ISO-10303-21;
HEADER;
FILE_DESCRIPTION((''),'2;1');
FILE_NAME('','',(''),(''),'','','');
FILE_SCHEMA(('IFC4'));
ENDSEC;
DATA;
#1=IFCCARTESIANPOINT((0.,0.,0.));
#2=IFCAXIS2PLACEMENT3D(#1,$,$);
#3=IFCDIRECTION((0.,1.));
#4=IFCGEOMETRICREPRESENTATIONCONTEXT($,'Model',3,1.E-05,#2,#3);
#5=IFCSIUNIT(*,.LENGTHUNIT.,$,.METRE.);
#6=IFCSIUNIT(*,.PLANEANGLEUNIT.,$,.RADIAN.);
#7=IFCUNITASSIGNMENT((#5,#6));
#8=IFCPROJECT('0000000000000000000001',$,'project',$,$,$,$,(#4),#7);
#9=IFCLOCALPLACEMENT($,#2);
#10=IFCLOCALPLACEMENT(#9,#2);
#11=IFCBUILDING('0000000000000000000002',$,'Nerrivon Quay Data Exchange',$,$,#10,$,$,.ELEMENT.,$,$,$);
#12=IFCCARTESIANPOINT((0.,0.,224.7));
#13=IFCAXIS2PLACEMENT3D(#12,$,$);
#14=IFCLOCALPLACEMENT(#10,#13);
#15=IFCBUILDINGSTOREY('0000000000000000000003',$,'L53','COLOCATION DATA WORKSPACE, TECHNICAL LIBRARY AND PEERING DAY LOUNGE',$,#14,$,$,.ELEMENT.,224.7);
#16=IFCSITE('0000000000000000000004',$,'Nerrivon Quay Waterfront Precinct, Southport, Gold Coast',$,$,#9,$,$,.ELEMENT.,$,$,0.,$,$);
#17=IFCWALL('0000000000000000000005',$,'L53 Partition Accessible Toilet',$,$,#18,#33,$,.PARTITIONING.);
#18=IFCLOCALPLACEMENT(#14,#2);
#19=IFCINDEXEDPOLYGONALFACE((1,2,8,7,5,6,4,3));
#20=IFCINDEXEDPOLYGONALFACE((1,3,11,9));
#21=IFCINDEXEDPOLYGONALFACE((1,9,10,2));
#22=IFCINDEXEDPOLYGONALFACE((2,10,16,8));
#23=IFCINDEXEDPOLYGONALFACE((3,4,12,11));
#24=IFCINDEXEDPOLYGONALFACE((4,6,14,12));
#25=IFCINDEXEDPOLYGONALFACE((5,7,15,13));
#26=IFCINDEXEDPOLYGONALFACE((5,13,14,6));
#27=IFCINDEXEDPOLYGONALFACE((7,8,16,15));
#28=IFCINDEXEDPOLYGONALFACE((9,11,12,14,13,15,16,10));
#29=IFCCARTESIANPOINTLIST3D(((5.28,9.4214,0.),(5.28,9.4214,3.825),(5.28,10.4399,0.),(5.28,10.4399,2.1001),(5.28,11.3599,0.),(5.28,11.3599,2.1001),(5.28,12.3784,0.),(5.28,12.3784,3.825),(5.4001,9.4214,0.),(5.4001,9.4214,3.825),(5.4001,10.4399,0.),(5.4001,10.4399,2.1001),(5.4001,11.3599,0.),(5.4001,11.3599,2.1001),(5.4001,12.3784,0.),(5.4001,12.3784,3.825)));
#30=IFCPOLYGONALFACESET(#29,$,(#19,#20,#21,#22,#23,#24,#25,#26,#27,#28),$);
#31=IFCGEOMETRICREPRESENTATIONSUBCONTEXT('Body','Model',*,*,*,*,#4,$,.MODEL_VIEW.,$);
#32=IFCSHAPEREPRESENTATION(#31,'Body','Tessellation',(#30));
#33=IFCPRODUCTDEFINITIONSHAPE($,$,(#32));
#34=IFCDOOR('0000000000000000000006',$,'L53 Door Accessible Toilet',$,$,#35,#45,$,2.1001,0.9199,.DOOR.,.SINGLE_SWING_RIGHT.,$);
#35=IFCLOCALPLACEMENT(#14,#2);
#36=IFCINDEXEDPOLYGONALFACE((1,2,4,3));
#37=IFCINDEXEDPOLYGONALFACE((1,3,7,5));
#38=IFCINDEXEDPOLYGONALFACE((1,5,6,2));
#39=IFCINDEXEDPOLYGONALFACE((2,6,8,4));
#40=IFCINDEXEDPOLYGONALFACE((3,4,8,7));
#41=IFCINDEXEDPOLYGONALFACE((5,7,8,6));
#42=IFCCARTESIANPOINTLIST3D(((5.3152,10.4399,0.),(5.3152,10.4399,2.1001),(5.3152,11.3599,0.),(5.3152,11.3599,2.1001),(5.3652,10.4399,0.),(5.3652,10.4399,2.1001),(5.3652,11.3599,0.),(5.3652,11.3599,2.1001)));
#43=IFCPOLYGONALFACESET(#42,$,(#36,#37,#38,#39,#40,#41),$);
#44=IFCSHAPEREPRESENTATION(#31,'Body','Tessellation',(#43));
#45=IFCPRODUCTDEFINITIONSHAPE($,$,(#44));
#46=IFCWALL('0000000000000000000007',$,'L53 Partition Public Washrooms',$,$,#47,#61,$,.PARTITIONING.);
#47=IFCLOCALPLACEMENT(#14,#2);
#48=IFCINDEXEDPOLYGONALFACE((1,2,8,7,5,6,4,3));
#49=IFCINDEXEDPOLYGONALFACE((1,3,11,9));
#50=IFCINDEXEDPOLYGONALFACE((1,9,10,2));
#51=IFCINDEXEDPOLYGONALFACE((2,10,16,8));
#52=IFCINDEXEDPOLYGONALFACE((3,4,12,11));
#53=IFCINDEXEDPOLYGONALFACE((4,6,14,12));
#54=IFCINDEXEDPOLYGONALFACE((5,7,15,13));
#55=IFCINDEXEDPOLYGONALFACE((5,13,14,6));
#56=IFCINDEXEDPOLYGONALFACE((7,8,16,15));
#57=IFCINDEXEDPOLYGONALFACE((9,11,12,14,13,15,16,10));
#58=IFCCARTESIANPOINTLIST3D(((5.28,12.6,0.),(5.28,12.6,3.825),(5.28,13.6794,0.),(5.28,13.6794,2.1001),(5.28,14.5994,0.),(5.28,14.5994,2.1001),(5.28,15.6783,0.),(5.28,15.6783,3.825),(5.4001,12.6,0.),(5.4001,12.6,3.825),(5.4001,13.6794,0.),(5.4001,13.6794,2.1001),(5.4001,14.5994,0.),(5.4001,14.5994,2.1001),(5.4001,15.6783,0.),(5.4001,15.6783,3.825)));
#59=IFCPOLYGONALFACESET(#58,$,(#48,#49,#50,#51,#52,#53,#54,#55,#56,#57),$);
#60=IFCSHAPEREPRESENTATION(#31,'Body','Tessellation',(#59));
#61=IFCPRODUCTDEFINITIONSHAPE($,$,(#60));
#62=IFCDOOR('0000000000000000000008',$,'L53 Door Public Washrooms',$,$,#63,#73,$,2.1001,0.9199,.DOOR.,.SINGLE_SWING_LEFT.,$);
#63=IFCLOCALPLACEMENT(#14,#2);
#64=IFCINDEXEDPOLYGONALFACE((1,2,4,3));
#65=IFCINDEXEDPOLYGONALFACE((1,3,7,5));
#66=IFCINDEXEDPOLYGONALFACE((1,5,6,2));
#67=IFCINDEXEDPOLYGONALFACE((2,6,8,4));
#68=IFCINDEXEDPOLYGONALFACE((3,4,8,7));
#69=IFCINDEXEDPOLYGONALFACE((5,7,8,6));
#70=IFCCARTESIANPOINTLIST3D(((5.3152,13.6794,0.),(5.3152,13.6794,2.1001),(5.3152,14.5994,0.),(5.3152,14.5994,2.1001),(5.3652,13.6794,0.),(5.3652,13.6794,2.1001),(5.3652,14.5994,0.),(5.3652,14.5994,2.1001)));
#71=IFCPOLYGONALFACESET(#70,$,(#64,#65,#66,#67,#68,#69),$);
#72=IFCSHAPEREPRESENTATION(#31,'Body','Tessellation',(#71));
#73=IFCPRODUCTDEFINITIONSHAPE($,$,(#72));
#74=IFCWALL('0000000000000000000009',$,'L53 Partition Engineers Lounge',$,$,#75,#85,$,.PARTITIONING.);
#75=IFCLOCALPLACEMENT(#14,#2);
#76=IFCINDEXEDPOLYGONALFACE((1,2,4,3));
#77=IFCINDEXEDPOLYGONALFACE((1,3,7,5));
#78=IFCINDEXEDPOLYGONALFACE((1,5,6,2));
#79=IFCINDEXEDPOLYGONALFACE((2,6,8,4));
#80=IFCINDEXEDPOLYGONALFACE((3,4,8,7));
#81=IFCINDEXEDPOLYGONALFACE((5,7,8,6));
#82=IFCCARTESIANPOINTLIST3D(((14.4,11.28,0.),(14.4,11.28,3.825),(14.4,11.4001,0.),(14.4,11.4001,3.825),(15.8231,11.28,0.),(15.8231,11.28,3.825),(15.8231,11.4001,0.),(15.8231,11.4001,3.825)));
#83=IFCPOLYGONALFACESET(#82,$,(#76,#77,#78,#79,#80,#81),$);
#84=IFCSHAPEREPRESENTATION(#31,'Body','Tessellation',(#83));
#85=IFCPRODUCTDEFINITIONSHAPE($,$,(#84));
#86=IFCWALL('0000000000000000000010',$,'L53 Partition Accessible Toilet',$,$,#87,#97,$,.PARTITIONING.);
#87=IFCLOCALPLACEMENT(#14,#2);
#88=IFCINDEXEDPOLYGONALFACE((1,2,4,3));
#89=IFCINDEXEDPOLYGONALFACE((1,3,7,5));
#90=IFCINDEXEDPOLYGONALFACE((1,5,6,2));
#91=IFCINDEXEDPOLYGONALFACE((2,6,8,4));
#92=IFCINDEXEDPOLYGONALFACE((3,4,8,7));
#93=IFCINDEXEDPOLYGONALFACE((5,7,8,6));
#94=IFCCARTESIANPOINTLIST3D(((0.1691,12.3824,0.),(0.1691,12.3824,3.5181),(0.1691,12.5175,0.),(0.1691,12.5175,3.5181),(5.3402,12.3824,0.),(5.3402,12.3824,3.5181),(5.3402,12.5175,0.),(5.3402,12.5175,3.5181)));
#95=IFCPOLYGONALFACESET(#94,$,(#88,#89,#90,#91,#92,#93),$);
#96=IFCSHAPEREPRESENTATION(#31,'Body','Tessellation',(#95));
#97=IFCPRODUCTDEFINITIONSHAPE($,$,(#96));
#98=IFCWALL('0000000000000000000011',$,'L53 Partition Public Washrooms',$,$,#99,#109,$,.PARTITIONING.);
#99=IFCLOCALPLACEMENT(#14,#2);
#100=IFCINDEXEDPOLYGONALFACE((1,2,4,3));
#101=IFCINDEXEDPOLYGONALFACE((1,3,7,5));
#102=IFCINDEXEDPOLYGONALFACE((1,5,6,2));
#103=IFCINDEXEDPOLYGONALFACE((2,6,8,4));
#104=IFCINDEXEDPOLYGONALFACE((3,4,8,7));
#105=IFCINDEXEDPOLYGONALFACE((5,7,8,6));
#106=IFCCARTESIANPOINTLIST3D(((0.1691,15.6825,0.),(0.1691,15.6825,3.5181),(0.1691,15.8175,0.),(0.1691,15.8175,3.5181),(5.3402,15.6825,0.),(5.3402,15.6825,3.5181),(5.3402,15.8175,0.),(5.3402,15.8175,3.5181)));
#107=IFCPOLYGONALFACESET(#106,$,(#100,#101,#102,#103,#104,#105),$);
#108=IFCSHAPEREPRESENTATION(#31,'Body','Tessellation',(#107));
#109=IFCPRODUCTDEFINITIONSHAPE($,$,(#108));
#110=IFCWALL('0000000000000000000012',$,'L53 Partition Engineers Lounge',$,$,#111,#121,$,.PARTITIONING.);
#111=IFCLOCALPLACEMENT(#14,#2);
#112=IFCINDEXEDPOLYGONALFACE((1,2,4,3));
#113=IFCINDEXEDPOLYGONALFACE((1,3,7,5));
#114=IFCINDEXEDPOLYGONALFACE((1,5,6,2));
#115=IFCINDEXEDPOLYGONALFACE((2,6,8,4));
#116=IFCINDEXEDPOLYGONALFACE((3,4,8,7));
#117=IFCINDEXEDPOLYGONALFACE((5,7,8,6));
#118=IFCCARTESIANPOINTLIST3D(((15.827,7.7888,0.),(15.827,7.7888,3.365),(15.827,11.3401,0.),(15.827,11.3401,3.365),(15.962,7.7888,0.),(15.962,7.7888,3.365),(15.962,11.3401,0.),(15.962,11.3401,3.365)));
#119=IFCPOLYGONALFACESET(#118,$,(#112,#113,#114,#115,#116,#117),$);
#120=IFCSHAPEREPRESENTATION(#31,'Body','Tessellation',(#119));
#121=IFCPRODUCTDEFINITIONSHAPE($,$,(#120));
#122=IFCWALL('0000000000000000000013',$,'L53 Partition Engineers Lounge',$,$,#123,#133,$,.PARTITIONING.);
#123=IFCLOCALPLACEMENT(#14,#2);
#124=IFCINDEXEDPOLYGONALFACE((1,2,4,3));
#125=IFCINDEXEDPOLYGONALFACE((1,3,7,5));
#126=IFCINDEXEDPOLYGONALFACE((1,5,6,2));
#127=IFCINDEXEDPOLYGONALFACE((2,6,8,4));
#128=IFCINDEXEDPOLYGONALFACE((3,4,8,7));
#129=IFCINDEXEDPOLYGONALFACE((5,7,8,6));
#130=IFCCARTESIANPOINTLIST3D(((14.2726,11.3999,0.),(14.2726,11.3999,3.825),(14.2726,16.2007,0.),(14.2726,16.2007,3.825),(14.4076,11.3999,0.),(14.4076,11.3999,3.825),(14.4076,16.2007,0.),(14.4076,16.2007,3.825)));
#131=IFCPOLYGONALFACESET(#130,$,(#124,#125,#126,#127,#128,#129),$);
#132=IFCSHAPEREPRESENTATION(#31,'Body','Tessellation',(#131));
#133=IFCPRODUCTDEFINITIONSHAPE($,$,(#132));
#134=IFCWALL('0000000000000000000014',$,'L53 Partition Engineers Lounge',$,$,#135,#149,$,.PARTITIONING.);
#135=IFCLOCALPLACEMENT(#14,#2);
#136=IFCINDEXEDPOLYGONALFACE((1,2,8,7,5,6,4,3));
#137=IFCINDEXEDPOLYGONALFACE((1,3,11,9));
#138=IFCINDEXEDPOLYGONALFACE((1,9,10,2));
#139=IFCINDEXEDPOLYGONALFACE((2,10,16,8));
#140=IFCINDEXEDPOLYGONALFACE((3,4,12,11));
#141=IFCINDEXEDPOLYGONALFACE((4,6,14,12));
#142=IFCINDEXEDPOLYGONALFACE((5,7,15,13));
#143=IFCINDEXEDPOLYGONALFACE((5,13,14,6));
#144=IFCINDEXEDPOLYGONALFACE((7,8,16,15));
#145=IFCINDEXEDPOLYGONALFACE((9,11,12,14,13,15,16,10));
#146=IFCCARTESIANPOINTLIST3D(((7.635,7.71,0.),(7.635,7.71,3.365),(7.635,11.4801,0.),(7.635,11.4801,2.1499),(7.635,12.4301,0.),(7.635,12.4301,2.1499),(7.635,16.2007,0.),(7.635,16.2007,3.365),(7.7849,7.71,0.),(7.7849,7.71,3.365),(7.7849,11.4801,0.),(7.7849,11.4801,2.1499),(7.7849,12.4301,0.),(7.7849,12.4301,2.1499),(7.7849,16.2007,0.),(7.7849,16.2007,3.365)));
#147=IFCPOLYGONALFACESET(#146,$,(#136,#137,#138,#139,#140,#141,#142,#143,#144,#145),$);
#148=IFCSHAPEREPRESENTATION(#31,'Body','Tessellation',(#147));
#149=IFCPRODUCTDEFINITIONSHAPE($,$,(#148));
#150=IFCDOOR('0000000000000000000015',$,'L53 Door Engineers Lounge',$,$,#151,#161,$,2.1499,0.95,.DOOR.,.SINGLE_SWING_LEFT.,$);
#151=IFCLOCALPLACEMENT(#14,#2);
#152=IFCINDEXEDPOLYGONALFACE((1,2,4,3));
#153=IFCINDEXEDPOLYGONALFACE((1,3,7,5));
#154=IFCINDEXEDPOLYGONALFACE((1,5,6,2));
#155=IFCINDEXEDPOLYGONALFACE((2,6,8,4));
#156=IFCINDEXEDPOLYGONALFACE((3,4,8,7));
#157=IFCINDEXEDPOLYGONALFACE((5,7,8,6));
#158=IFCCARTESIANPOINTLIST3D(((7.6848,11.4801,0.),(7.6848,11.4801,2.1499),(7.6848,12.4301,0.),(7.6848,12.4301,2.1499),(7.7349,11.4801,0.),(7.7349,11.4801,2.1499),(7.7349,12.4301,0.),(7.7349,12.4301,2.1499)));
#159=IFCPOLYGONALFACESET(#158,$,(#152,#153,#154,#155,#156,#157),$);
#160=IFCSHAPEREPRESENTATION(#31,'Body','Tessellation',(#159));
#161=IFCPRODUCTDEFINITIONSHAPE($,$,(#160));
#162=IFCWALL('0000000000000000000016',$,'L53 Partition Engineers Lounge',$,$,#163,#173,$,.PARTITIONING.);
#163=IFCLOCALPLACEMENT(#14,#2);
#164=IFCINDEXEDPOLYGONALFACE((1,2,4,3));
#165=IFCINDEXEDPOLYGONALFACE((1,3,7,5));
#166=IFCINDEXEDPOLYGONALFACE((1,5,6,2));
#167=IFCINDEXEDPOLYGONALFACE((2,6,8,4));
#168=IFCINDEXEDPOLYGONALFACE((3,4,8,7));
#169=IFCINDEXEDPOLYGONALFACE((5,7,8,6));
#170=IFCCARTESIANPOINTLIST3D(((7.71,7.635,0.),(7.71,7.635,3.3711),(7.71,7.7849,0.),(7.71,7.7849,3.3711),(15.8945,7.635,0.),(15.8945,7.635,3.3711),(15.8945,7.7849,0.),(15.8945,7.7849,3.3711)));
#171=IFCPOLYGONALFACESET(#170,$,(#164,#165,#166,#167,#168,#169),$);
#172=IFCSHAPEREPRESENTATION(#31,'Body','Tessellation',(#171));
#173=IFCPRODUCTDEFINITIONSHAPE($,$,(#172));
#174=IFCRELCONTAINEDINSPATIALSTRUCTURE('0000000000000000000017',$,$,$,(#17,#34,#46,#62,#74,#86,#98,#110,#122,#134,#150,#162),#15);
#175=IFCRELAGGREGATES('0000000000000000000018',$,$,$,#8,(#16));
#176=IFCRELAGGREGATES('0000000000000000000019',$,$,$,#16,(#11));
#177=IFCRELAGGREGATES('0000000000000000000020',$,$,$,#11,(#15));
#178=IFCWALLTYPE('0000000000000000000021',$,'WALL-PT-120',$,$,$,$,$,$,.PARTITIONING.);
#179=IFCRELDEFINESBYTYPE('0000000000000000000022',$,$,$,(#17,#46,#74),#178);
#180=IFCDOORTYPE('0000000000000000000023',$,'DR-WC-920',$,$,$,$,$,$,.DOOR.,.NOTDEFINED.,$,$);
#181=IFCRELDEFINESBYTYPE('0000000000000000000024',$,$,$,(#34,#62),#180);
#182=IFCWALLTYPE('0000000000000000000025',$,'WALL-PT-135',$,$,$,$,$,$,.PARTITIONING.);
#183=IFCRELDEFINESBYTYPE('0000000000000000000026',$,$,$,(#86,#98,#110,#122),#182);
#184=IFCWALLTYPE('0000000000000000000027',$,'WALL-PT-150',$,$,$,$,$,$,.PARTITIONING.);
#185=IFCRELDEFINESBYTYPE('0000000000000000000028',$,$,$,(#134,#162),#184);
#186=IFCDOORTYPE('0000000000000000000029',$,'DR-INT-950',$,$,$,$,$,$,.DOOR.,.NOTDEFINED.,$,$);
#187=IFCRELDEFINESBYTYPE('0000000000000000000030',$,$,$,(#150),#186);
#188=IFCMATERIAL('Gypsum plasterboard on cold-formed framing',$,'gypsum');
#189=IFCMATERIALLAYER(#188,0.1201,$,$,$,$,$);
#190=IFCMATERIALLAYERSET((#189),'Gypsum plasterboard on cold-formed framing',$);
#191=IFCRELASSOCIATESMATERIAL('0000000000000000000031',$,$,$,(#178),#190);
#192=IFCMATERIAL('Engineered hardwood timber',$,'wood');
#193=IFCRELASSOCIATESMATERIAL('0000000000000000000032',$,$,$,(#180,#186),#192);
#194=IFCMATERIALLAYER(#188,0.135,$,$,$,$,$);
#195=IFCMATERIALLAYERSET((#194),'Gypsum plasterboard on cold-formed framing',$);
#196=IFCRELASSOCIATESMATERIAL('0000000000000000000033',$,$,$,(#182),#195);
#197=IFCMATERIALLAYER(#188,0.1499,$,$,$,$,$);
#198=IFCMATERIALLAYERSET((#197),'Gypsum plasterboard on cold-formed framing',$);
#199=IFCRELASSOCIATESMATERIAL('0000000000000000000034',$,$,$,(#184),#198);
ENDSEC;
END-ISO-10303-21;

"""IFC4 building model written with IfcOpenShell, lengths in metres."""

from ifc_helpers import new_model, si_unit, direction, frame, frame_2d, origin, place, context, subcontext, project, spatial, rectangle, extrude, material, layer, layer_set, type_object, element, fill, save


model = new_model("IFC4")

# Units and contexts
model_context = context("Model", 3, precision=1e-05, world=origin(), true_north=direction((0.0, 1.0)))
body_context = subcontext(model_context, "Body", "Model", "MODEL_VIEW")
ifc_project = project(units=[si_unit("LENGTHUNIT", "METRE"), si_unit("PLANEANGLEUNIT", "RADIAN")], contexts=[model_context])

# Site, building, storey
site_placement = place(None, origin())
site = spatial("IfcSite", under=ifc_project, at=site_placement, Name="Nerrivon Quay Waterfront Precinct, Southport, Gold Coast", CompositionType="ELEMENT", RefElevation=0.0)
building_placement = place(site_placement, origin())
building = spatial("IfcBuilding", under=site, at=building_placement, Name="Nerrivon Quay Data Exchange", CompositionType="ELEMENT")
storey_placement = place(building_placement, frame((0.0, 0.0, 224.7)))
storey = spatial("IfcBuildingStorey", under=building, at=storey_placement, Name="L53", Description="COLOCATION DATA WORKSPACE, TECHNICAL LIBRARY AND PEERING DAY LOUNGE", CompositionType="ELEMENT", Elevation=224.7)

# Shared definitions
ifc_material_1 = material(Name="Gypsum plasterboard on cold-formed framing", Category="gypsum")

# Walls, openings, doors
ifc_layer_1 = layer(ifc_material_1, 0.1201)
ifc_layer_set_1 = layer_set([ifc_layer_1], Name="Gypsum plasterboard on cold-formed framing")
wall_type_1 = type_object("IfcWallType", Name="WALL-PT-120", PredefinedType="PARTITIONING", material=ifc_layer_set_1)
wall_1_placement = place(storey_placement, frame((5.3401, 9.4214, 0.0), z_axis=(0.0, 0.0, 1.0), x_axis=(0.0, 1.0, 0.0)))
wall_1 = element("IfcWall", 1, at=wall_1_placement, inside=storey, type_object=wall_type_1, Name="L53 Partition Accessible Toilet", PredefinedType="PARTITIONING", context=body_context, shape_type="SweptSolid", body=[
    extrude(rectangle(XDim=2.957, YDim=0.1201, at=frame_2d((1.4785, 0.0))), origin(), (0.0, 0.0, 1.0), 3.825),
])
opening_1_placement = place(wall_1_placement, frame((1.0186, 0.0, 0.0)))
opening_1 = element("IfcOpeningElement", 2, at=opening_1_placement, cuts=wall_1, PredefinedType="OPENING", context=body_context, shape_type="SweptSolid", body=[
    extrude(rectangle(XDim=0.9199, YDim=2.1001, at=frame_2d((0.46, 1.05))), frame((0.0, 0.0701, 0.0), z_axis=(0.0, -1.0, 0.0), x_axis=(1.0, 0.0, 0.0)), (0.0, 0.0, 1.0), 0.1401),
])
ifc_material_2 = material(Name="Engineered hardwood timber", Category="wood")
door_type_1 = type_object("IfcDoorType", Name="DR-WC-920", OperationType="NOTDEFINED", PredefinedType="DOOR", material=ifc_material_2)
door_1_placement = place(opening_1_placement, origin())
door_1 = element("IfcDoor", 3, at=door_1_placement, inside=storey, type_object=door_type_1, Name="L53 Door Accessible Toilet", OperationType="SINGLE_SWING_RIGHT", OverallHeight=2.1001, OverallWidth=0.9199, PredefinedType="DOOR", context=body_context, shape_type="SweptSolid", body=[
    extrude(rectangle(XDim=0.9199, YDim=2.1001, at=frame_2d((0.46, 1.05))), frame((0.0, 0.0249, 0.0), z_axis=(0.0, -1.0, 0.0), x_axis=(1.0, 0.0, 0.0)), (0.0, 0.0, 1.0), 0.05),
])
fill(opening_1, door_1)
wall_2_placement = place(storey_placement, frame((5.3401, 12.6001, 0.0), z_axis=(0.0, 0.0, 1.0), x_axis=(0.0, 1.0, 0.0)))
wall_2 = element("IfcWall", 4, at=wall_2_placement, inside=storey, type_object=wall_type_1, Name="L53 Partition Public Washrooms", PredefinedType="PARTITIONING", context=body_context, shape_type="SweptSolid", body=[
    extrude(rectangle(XDim=3.0784, YDim=0.1201, at=frame_2d((1.5391, 0.0))), origin(), (0.0, 0.0, 1.0), 3.825),
])
opening_2_placement = place(wall_2_placement, frame((1.0793, 0.0, 0.0)))
opening_2 = element("IfcOpeningElement", 5, at=opening_2_placement, cuts=wall_2, PredefinedType="OPENING", context=body_context, shape_type="SweptSolid", body=[
    extrude(rectangle(XDim=0.9199, YDim=2.1001, at=frame_2d((0.46, 1.05))), frame((0.0, 0.0701, 0.0), z_axis=(0.0, -1.0, 0.0), x_axis=(1.0, 0.0, 0.0)), (0.0, 0.0, 1.0), 0.1401),
])
door_2_placement = place(opening_2_placement, origin())
door_2 = element("IfcDoor", 6, at=door_2_placement, inside=storey, type_object=door_type_1, Name="L53 Door Public Washrooms", OperationType="SINGLE_SWING_LEFT", OverallHeight=2.1001, OverallWidth=0.9199, PredefinedType="DOOR", context=body_context, shape_type="SweptSolid", body=[
    extrude(rectangle(XDim=0.9199, YDim=2.1001, at=frame_2d((0.46, 1.05))), frame((0.0, 0.0249, 0.0), z_axis=(0.0, -1.0, 0.0), x_axis=(1.0, 0.0, 0.0)), (0.0, 0.0, 1.0), 0.05),
])
fill(opening_2, door_2)

# Walls
wall_3_placement = place(storey_placement, frame((15.823, 11.3401, 0.0), z_axis=(0.0, 0.0, 1.0), x_axis=(-1.0, 0.0, 0.0)))
element("IfcWall", 7, at=wall_3_placement, inside=storey, type_object=wall_type_1, Name="L53 Partition Engineers Lounge", PredefinedType="PARTITIONING", context=body_context, shape_type="SweptSolid", body=[
    extrude(rectangle(XDim=1.4231, YDim=0.1201, at=frame_2d((0.7114, 0.0))), origin(), (0.0, 0.0, 1.0), 3.825),
])
ifc_layer_2 = layer(ifc_material_1, 0.135)
ifc_layer_set_2 = layer_set([ifc_layer_2], Name="Gypsum plasterboard on cold-formed framing")
wall_type_2 = type_object("IfcWallType", Name="WALL-PT-135", PredefinedType="PARTITIONING", material=ifc_layer_set_2)
for number, where, z_axis, x_axis, name in (
    (8, (5.3401, 12.45, 0.0), (0.0, 0.0, 1.0), (-1.0, 0.0, 0.0), "L53 Partition Accessible Toilet"),
    (9, (5.3401, 15.75, 0.0), (0.0, 0.0, 1.0), (-1.0, 0.0, 0.0), "L53 Partition Public Washrooms"),
):
    element("IfcWall", number, at=place(storey_placement, frame(where, z_axis=z_axis, x_axis=x_axis)), inside=storey, type_object=wall_type_2, Name=name, PredefinedType="PARTITIONING", context=body_context, shape_type="SweptSolid", body=[
        extrude(rectangle(XDim=5.1711, YDim=0.135, at=frame_2d((2.5854, 0.0))), origin(), (0.0, 0.0, 1.0), 3.5181),
    ])
wall_4_placement = place(storey_placement, frame((15.8945, 7.7888, 0.0), z_axis=(0.0, 0.0, 1.0), x_axis=(0.0, 1.0, 0.0)))
element("IfcWall", 10, at=wall_4_placement, inside=storey, type_object=wall_type_2, Name="L53 Partition Engineers Lounge", PredefinedType="PARTITIONING", context=body_context, shape_type="SweptSolid", body=[
    extrude(rectangle(XDim=3.5513, YDim=0.135, at=frame_2d((1.7756, 0.0))), origin(), (0.0, 0.0, 1.0), 3.365),
])
wall_5_placement = place(storey_placement, frame((14.3401, 11.3999, 0.0), z_axis=(0.0, 0.0, 1.0), x_axis=(0.0, 1.0, 0.0)))
element("IfcWall", 11, at=wall_5_placement, inside=storey, type_object=wall_type_2, Name="L53 Partition Engineers Lounge", PredefinedType="PARTITIONING", context=body_context, shape_type="SweptSolid", body=[
    extrude(rectangle(XDim=4.8008, YDim=0.135, at=frame_2d((2.4004, 0.0))), origin(), (0.0, 0.0, 1.0), 3.825),
])

# Wall, opening, door
ifc_layer_3 = layer(ifc_material_1, 0.1499)
ifc_layer_set_3 = layer_set([ifc_layer_3], Name="Gypsum plasterboard on cold-formed framing")
wall_type_3 = type_object("IfcWallType", Name="WALL-PT-150", PredefinedType="PARTITIONING", material=ifc_layer_set_3)
wall_6_placement = place(storey_placement, frame((7.71, 16.2007, 0.0), z_axis=(0.0, 0.0, 1.0), x_axis=(0.0, -1.0, 0.0)))
wall_6 = element("IfcWall", 12, at=wall_6_placement, inside=storey, type_object=wall_type_3, Name="L53 Partition Engineers Lounge", PredefinedType="PARTITIONING", context=body_context, shape_type="SweptSolid", body=[
    extrude(rectangle(XDim=8.4907, YDim=0.1499, at=frame_2d((4.2454, 0.0))), origin(), (0.0, 0.0, 1.0), 3.365),
])
opening_3_placement = place(wall_6_placement, frame((3.7705, 0.0, 0.0)))
opening_3 = element("IfcOpeningElement", 13, at=opening_3_placement, cuts=wall_6, PredefinedType="OPENING", context=body_context, shape_type="SweptSolid", body=[
    extrude(rectangle(XDim=0.95, YDim=2.1499, at=frame_2d((0.4751, 1.075))), frame((0.0, 0.085, 0.0), z_axis=(0.0, -1.0, 0.0), x_axis=(1.0, 0.0, 0.0)), (0.0, 0.0, 1.0), 0.1699),
])
door_type_2 = type_object("IfcDoorType", Name="DR-INT-950", OperationType="NOTDEFINED", PredefinedType="DOOR", material=ifc_material_2)
door_3_placement = place(opening_3_placement, origin())
door_3 = element("IfcDoor", 14, at=door_3_placement, inside=storey, type_object=door_type_2, Name="L53 Door Engineers Lounge", OperationType="SINGLE_SWING_LEFT", OverallHeight=2.1499, OverallWidth=0.95, PredefinedType="DOOR", context=body_context, shape_type="SweptSolid", body=[
    extrude(rectangle(XDim=0.95, YDim=2.1499, at=frame_2d((0.4751, 1.075))), frame((0.0, 0.0249, 0.0), z_axis=(0.0, -1.0, 0.0), x_axis=(1.0, 0.0, 0.0)), (0.0, 0.0, 1.0), 0.05),
])
fill(opening_3, door_3)

# Wall
wall_7_placement = place(storey_placement, frame((7.71, 7.71, 0.0), z_axis=(0.0, 0.0, 1.0), x_axis=(1.0, 0.0, 0.0)))
element("IfcWall", 15, at=wall_7_placement, inside=storey, type_object=wall_type_3, Name="L53 Partition Engineers Lounge", PredefinedType="PARTITIONING", context=body_context, shape_type="SweptSolid", body=[
    extrude(rectangle(XDim=8.1846, YDim=0.1499, at=frame_2d((4.0923, 0.0))), origin(), (0.0, 0.0, 1.0), 3.3711),
])

save(model, "model.ifc")
